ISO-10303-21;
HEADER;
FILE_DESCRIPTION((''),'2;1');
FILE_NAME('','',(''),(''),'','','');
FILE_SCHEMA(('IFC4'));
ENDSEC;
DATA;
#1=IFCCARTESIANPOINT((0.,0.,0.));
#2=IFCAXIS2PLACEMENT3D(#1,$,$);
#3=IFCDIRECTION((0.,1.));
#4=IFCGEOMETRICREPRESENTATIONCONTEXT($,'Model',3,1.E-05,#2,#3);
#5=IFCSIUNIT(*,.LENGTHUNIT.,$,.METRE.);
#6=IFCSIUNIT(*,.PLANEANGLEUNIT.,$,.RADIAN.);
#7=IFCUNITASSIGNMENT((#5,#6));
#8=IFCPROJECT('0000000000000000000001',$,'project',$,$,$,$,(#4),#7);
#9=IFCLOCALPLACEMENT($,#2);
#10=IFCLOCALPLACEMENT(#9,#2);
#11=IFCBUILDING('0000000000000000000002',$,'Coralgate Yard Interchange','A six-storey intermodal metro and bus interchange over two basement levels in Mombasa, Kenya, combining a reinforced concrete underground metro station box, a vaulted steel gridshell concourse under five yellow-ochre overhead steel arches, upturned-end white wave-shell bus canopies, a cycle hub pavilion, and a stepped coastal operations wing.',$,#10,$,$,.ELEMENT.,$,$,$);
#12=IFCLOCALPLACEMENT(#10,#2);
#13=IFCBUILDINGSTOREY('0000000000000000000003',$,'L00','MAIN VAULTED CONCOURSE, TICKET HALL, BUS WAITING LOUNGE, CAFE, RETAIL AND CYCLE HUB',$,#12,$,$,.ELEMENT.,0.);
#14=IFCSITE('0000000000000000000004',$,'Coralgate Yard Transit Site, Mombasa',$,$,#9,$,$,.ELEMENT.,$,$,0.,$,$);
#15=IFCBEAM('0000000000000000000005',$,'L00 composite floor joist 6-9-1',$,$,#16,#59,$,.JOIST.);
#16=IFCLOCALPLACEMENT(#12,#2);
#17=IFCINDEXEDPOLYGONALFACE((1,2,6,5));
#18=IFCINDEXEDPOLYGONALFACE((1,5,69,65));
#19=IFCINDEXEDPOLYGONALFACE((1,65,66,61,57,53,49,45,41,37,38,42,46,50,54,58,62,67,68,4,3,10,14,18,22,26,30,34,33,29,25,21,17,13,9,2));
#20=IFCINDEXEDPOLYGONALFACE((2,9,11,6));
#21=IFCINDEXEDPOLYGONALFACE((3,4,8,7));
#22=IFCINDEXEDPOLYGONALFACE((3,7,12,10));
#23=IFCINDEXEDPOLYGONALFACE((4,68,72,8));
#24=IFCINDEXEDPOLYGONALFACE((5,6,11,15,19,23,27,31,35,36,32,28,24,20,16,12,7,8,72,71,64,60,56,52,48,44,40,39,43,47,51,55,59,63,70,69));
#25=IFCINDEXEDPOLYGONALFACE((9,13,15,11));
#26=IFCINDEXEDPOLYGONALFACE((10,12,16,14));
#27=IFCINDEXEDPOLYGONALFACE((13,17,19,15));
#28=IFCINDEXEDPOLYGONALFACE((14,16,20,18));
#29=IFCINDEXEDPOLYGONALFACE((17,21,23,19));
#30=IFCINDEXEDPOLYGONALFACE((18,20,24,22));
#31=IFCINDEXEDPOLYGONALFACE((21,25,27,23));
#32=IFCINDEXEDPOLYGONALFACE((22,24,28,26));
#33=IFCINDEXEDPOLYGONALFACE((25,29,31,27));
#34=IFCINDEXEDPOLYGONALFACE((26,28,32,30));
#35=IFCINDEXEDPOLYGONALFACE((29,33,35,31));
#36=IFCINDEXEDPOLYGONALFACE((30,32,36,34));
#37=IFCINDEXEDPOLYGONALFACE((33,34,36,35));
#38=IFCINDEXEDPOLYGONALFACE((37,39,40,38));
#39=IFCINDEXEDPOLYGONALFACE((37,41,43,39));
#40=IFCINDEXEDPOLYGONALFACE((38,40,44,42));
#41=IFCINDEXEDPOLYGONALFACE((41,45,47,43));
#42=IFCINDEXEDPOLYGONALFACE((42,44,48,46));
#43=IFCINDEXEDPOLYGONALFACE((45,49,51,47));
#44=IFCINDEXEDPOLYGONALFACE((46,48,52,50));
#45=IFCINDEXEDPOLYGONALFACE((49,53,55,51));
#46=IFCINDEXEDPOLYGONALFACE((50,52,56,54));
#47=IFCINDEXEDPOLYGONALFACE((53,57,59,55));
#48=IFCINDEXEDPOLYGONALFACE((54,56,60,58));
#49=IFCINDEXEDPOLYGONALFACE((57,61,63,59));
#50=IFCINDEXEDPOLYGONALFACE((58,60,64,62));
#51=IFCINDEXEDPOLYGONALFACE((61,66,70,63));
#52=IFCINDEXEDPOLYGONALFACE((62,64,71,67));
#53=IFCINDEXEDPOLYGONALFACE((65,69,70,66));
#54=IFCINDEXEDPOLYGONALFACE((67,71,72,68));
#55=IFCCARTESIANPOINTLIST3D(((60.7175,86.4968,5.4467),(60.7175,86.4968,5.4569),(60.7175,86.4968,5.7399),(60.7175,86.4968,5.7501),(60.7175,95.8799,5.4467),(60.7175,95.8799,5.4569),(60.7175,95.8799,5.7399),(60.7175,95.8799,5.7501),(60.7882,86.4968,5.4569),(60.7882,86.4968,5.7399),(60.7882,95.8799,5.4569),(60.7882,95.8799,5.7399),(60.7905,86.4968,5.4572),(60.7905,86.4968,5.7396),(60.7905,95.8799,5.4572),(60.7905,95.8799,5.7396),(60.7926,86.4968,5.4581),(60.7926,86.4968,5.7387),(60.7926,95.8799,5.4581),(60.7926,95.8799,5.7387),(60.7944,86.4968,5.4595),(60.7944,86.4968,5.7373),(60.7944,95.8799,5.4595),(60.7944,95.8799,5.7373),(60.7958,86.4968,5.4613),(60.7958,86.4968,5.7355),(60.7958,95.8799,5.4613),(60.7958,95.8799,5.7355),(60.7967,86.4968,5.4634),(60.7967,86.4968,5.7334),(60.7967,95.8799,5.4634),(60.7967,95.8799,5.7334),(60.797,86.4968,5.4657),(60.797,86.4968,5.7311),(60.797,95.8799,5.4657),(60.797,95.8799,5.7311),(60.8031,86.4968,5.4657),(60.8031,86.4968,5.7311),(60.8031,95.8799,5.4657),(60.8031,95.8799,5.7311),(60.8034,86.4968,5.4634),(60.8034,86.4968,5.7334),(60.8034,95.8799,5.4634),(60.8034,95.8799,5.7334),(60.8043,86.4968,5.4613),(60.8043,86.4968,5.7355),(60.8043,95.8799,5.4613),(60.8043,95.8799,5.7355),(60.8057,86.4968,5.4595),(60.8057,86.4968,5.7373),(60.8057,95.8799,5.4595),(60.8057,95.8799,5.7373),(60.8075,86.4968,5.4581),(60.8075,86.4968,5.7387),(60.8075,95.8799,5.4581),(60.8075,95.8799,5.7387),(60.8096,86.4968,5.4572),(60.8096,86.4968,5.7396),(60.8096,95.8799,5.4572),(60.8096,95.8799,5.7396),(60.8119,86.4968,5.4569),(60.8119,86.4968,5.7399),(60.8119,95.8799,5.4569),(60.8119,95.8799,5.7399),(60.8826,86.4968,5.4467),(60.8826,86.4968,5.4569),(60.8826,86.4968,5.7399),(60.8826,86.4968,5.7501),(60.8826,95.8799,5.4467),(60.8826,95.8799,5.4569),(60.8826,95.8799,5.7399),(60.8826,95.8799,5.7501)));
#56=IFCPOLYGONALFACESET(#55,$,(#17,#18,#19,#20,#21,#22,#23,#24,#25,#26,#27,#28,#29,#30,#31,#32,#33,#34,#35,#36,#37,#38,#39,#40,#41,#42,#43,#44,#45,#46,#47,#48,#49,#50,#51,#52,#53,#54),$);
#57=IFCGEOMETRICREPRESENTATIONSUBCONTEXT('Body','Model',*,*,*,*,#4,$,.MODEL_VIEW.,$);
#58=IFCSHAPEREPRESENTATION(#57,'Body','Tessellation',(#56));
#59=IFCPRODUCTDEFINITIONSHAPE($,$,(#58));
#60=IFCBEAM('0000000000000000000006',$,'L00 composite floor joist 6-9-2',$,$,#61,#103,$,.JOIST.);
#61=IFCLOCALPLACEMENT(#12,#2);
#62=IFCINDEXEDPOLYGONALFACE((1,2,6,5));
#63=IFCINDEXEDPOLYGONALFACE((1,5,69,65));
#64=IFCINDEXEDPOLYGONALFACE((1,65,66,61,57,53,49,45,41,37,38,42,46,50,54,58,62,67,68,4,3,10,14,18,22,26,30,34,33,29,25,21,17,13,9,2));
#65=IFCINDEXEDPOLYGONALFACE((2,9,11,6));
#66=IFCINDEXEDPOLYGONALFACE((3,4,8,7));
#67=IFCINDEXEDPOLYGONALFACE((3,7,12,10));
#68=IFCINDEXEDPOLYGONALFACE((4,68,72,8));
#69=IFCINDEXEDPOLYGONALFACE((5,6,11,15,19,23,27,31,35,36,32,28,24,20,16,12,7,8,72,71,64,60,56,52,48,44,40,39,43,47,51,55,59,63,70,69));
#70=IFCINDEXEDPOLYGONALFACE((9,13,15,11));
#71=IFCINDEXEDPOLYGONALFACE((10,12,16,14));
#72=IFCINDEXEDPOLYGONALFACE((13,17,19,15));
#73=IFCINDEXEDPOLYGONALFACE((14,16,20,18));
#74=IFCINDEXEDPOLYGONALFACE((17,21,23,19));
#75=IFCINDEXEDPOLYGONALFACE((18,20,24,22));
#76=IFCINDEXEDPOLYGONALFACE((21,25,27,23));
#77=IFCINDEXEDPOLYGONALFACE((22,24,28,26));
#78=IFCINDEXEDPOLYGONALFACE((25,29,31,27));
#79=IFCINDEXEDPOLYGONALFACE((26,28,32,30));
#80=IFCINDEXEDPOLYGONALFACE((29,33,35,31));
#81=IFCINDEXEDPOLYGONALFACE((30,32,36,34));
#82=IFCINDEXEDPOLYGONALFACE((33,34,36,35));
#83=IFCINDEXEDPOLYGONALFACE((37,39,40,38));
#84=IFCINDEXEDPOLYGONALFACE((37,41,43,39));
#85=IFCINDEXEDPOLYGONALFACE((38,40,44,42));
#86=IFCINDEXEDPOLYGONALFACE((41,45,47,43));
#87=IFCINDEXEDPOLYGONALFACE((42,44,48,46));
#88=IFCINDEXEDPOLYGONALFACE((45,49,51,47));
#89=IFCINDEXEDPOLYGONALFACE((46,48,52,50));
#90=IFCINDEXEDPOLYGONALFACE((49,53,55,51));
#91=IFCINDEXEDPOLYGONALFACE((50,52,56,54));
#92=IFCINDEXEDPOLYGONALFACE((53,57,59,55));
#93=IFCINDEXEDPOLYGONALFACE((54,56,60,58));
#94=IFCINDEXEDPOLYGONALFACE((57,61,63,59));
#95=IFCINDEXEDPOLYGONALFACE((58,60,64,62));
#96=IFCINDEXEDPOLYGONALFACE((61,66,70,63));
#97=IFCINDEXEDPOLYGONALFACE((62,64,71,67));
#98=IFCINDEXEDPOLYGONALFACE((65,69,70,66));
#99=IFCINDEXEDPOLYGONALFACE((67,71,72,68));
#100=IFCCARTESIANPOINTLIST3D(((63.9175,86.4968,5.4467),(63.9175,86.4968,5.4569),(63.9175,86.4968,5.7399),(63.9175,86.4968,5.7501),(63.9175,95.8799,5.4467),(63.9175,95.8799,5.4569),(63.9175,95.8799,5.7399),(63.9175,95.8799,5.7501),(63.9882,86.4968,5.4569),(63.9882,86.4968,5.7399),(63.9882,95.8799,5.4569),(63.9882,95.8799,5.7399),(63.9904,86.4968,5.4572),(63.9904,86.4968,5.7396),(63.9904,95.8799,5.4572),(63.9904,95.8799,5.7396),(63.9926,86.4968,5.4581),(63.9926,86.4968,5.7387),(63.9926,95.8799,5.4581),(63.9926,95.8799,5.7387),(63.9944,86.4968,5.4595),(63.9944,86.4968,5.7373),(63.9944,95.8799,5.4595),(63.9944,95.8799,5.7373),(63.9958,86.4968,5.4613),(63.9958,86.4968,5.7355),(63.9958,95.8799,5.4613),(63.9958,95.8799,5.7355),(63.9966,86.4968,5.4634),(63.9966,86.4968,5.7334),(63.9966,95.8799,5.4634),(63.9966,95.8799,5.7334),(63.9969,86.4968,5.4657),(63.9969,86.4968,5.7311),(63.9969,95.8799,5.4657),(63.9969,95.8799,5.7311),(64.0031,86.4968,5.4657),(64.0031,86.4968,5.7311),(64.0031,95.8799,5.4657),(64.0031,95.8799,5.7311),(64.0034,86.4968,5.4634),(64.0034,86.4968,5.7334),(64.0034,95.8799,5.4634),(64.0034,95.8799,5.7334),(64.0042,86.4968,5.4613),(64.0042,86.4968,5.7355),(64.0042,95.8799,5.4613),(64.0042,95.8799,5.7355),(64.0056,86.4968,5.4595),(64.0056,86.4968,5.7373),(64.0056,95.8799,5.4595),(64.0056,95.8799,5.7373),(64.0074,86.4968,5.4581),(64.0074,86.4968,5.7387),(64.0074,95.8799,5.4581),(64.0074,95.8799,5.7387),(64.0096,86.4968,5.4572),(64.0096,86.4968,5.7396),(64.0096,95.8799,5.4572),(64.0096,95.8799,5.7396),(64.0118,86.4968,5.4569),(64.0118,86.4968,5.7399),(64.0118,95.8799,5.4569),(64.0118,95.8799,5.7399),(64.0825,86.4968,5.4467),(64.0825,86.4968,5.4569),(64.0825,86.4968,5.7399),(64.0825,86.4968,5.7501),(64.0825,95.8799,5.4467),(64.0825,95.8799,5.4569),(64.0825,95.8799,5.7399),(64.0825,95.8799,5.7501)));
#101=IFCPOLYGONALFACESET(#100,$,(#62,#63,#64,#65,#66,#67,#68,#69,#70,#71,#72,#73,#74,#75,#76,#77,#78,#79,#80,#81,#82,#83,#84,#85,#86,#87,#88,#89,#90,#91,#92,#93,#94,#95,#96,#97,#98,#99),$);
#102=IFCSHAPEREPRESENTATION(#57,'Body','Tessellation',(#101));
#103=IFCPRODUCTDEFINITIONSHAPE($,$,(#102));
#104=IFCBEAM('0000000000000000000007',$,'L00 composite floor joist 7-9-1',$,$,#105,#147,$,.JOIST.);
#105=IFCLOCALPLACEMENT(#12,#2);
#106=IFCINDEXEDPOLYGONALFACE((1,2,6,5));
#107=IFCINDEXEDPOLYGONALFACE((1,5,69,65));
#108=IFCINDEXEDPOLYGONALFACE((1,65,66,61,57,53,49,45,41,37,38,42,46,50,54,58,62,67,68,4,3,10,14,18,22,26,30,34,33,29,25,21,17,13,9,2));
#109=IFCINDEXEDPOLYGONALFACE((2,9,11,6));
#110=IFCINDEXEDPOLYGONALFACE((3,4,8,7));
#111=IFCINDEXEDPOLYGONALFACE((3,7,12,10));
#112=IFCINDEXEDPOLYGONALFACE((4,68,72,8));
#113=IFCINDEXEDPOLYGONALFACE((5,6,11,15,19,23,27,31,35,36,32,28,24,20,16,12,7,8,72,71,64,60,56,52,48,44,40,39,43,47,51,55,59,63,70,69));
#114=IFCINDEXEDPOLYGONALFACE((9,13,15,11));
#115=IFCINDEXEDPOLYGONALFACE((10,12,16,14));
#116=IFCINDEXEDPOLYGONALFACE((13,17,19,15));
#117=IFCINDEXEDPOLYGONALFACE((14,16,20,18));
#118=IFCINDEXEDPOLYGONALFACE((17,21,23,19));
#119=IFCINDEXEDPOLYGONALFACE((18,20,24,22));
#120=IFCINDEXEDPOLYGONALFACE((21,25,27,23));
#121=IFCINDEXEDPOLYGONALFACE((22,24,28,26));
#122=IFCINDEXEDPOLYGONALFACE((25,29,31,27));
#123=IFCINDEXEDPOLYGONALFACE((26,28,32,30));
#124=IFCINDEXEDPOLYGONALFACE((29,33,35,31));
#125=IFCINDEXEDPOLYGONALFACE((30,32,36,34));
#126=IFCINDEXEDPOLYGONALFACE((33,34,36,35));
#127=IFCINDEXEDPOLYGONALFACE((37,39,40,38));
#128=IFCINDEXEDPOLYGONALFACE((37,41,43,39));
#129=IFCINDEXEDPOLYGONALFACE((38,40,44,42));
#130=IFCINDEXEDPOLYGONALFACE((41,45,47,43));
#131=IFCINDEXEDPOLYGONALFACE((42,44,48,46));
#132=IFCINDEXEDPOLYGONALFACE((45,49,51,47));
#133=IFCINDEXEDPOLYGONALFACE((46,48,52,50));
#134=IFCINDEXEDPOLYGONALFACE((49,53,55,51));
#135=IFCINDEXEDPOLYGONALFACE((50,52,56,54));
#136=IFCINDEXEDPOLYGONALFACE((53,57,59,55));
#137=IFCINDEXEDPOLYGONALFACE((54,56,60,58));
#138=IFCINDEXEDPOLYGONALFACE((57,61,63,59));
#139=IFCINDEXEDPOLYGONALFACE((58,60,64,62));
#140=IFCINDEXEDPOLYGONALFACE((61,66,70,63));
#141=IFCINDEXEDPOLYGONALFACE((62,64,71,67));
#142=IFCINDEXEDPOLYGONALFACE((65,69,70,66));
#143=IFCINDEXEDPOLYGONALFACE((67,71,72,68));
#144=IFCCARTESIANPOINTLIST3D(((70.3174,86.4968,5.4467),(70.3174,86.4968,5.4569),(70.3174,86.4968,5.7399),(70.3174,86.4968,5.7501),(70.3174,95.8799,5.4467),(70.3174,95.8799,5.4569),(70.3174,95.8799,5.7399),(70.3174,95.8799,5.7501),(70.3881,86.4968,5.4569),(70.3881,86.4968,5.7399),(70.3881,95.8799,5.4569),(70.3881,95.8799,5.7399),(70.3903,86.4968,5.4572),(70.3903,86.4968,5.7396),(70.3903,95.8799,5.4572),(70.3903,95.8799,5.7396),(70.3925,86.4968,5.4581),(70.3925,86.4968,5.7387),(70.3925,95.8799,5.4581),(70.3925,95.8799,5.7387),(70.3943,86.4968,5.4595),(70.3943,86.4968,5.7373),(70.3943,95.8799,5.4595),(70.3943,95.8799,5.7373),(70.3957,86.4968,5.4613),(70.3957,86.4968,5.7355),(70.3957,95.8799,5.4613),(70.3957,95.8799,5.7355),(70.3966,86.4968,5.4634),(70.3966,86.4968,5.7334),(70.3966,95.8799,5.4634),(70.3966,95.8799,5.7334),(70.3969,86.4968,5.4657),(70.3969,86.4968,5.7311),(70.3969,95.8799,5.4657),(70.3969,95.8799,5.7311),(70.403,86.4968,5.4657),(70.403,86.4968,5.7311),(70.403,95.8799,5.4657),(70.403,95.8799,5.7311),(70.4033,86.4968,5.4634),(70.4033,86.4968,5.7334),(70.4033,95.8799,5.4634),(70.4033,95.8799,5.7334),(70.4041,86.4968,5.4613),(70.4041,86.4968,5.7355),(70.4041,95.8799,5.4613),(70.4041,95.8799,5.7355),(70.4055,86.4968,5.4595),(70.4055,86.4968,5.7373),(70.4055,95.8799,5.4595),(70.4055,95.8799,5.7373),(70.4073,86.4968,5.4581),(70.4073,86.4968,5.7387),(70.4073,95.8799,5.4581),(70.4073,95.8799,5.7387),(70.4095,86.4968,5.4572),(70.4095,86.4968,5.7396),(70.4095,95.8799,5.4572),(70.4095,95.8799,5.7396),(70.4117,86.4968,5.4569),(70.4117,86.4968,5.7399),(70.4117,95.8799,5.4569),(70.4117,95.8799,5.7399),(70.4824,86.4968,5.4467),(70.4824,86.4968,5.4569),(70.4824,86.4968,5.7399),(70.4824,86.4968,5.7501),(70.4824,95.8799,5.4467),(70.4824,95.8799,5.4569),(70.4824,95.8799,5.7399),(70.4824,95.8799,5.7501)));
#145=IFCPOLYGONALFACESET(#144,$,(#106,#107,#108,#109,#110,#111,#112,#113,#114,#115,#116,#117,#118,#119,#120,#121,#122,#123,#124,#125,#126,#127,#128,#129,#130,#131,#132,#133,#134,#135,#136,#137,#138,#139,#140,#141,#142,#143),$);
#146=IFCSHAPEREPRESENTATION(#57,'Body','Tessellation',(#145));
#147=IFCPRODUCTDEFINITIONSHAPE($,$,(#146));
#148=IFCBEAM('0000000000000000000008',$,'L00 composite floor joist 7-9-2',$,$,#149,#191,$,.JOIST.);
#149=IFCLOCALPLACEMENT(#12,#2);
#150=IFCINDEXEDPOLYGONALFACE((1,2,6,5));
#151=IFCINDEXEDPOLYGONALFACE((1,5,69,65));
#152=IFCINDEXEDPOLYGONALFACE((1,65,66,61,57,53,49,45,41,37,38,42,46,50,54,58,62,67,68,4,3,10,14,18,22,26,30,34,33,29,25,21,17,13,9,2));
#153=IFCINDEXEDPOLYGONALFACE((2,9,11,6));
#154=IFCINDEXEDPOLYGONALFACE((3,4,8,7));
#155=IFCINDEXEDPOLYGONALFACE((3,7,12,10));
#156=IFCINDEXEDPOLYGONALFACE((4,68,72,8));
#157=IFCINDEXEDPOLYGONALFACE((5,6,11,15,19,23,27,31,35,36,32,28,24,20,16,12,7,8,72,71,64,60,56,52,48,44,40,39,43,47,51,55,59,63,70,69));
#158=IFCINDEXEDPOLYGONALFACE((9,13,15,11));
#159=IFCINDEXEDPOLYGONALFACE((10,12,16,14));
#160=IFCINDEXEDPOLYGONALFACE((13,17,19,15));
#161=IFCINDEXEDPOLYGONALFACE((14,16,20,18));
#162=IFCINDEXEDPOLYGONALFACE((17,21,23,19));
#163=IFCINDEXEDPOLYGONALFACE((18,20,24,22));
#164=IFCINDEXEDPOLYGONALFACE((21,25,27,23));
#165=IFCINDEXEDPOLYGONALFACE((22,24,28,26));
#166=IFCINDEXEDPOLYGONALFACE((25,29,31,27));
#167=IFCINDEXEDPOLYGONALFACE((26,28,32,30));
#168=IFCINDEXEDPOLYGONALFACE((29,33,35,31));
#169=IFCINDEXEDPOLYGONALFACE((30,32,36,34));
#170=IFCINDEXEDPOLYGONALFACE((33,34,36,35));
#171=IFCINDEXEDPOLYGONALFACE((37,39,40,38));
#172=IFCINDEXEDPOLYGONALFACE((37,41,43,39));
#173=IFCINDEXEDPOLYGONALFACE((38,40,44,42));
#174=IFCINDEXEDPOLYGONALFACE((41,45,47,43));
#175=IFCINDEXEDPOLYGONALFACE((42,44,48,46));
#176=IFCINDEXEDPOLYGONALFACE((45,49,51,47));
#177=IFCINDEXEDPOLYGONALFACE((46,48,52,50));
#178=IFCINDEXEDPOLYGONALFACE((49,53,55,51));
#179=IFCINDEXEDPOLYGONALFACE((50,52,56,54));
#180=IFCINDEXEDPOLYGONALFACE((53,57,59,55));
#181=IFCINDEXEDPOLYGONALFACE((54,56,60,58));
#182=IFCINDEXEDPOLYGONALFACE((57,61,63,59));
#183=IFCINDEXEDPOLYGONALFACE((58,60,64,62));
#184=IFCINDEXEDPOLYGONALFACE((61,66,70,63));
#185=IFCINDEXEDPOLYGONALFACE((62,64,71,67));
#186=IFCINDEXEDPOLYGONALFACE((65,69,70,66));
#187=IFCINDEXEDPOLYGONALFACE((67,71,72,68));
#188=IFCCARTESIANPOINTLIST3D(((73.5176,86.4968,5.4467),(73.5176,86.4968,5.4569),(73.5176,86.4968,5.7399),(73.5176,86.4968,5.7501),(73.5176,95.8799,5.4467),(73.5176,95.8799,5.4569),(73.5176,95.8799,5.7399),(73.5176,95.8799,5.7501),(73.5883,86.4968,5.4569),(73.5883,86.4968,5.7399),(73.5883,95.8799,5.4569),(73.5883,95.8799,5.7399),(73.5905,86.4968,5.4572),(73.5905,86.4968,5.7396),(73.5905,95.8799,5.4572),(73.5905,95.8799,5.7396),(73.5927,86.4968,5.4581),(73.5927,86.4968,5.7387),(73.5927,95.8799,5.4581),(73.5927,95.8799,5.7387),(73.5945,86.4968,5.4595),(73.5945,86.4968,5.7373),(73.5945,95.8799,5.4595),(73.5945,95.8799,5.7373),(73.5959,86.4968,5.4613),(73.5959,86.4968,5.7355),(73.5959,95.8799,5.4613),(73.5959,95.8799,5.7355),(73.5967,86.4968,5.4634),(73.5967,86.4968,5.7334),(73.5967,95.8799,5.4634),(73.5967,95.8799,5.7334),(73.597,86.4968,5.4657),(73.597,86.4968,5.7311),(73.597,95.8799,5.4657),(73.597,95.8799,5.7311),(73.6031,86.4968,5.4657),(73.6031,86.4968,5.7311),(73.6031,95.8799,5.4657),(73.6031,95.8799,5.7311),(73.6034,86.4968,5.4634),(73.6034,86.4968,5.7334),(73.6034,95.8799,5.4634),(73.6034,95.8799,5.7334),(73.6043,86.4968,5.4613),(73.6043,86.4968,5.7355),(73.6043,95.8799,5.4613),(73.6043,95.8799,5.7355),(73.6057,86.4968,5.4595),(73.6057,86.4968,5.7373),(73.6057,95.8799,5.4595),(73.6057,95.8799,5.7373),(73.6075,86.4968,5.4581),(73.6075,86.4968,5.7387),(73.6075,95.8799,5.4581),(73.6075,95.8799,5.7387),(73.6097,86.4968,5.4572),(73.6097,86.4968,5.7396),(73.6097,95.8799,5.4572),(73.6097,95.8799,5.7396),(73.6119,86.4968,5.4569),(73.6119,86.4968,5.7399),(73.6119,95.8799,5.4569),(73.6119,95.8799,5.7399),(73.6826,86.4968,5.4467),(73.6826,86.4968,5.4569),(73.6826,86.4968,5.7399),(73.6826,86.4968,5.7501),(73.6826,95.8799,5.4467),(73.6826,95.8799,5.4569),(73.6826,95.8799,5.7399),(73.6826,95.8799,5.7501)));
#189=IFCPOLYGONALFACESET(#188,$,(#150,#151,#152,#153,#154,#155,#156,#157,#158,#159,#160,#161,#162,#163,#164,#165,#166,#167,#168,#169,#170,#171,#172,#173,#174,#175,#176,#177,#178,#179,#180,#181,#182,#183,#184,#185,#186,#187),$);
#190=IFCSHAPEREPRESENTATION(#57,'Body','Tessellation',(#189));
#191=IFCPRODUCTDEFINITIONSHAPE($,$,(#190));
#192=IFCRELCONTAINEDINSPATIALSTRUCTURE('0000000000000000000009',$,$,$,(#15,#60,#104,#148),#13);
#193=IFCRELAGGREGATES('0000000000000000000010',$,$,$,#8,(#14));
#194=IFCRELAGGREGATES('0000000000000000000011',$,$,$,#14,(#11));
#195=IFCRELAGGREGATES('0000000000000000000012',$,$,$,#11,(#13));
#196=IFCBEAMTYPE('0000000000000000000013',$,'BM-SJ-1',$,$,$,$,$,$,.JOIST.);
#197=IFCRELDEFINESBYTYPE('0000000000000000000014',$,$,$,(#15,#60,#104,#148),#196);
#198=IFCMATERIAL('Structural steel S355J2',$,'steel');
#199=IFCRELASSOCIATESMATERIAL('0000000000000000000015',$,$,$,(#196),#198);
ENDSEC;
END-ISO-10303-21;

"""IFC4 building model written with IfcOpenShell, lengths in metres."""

from ifc_helpers import new_model, si_unit, direction, frame, origin, origin_2d, place, context, subcontext, project, spatial, i_section, extrude, material, material_profile, profile_set, type_object, element, save


model = new_model("IFC4")

# Units and contexts
model_context = context("Model", 3, precision=1e-05, world=origin(), true_north=direction((0.0, 1.0)))
body_context = subcontext(model_context, "Body", "Model", "MODEL_VIEW")
ifc_project = project(units=[si_unit("LENGTHUNIT", "METRE"), si_unit("PLANEANGLEUNIT", "RADIAN")], contexts=[model_context])

# Site, building, storey
site_placement = place(None, origin())
site = spatial("IfcSite", under=ifc_project, at=site_placement, Name="Coralgate Yard Transit Site, Mombasa", CompositionType="ELEMENT", RefElevation=0.0)
building_placement = place(site_placement, origin())
building = spatial("IfcBuilding", under=site, at=building_placement, Name="Coralgate Yard Interchange", Description="A six-storey intermodal metro and bus interchange over two basement levels in Mombasa, Kenya, combining a reinforced concrete underground metro station box, a vaulted steel gridshell concourse under five yellow-ochre overhead steel arches, upturned-end white wave-shell bus canopies, a cycle hub pavilion, and a stepped coastal operations wing.", CompositionType="ELEMENT")
storey_placement = place(building_placement, origin())
storey = spatial("IfcBuildingStorey", under=building, at=storey_placement, Name="L00", Description="MAIN VAULTED CONCOURSE, TICKET HALL, BUS WAITING LOUNGE, CAFE, RETAIL AND CYCLE HUB", CompositionType="ELEMENT", Elevation=0.0)

# Shared definitions
ifc_material_1 = material(Name="Structural steel S355J2", Category="steel")

# Beams
ifc_material_profile_1 = material_profile(ifc_material_1, i_section(OverallWidth=0.165, OverallDepth=0.3035, WebThickness=0.0061, FlangeThickness=0.0103, FilletRadius=0.0088, at=origin_2d()), Name="UB 305x165x40")
ifc_profile_set_1 = profile_set([ifc_material_profile_1], Name="Structural steel S355J2")
beam_type_1 = type_object("IfcBeamType", Name="BM-SJ-1", PredefinedType="JOIST", material=ifc_profile_set_1)
for number, where, z_axis, x_axis, name in (
    (1, (60.8, 86.4968, 5.5984), (0.0, 1.0, 0.0), (-1.0, 0.0, 0.0), "L00 composite floor joist 6-9-1"),
    (2, (64.0, 86.4968, 5.5984), (0.0, 1.0, 0.0), (-1.0, 0.0, 0.0), "L00 composite floor joist 6-9-2"),
    (3, (70.3999, 86.4968, 5.5984), (0.0, 1.0, 0.0), (-1.0, 0.0, 0.0), "L00 composite floor joist 7-9-1"),
    (4, (73.6001, 86.4968, 5.5984), (0.0, 1.0, 0.0), (-1.0, 0.0, 0.0), "L00 composite floor joist 7-9-2"),
):
    element("IfcBeam", number, at=place(storey_placement, frame(where, z_axis=z_axis, x_axis=x_axis)), inside=storey, type_object=beam_type_1, Name=name, PredefinedType="JOIST", context=body_context, shape_type="SweptSolid", body=[
        extrude(i_section(OverallWidth=0.165, OverallDepth=0.3035, WebThickness=0.0061, FlangeThickness=0.0103, FilletRadius=0.0088, at=origin_2d()), origin(), (0.0, 0.0, 1.0), 9.3831),
    ])

save(model, "model.ifc")
